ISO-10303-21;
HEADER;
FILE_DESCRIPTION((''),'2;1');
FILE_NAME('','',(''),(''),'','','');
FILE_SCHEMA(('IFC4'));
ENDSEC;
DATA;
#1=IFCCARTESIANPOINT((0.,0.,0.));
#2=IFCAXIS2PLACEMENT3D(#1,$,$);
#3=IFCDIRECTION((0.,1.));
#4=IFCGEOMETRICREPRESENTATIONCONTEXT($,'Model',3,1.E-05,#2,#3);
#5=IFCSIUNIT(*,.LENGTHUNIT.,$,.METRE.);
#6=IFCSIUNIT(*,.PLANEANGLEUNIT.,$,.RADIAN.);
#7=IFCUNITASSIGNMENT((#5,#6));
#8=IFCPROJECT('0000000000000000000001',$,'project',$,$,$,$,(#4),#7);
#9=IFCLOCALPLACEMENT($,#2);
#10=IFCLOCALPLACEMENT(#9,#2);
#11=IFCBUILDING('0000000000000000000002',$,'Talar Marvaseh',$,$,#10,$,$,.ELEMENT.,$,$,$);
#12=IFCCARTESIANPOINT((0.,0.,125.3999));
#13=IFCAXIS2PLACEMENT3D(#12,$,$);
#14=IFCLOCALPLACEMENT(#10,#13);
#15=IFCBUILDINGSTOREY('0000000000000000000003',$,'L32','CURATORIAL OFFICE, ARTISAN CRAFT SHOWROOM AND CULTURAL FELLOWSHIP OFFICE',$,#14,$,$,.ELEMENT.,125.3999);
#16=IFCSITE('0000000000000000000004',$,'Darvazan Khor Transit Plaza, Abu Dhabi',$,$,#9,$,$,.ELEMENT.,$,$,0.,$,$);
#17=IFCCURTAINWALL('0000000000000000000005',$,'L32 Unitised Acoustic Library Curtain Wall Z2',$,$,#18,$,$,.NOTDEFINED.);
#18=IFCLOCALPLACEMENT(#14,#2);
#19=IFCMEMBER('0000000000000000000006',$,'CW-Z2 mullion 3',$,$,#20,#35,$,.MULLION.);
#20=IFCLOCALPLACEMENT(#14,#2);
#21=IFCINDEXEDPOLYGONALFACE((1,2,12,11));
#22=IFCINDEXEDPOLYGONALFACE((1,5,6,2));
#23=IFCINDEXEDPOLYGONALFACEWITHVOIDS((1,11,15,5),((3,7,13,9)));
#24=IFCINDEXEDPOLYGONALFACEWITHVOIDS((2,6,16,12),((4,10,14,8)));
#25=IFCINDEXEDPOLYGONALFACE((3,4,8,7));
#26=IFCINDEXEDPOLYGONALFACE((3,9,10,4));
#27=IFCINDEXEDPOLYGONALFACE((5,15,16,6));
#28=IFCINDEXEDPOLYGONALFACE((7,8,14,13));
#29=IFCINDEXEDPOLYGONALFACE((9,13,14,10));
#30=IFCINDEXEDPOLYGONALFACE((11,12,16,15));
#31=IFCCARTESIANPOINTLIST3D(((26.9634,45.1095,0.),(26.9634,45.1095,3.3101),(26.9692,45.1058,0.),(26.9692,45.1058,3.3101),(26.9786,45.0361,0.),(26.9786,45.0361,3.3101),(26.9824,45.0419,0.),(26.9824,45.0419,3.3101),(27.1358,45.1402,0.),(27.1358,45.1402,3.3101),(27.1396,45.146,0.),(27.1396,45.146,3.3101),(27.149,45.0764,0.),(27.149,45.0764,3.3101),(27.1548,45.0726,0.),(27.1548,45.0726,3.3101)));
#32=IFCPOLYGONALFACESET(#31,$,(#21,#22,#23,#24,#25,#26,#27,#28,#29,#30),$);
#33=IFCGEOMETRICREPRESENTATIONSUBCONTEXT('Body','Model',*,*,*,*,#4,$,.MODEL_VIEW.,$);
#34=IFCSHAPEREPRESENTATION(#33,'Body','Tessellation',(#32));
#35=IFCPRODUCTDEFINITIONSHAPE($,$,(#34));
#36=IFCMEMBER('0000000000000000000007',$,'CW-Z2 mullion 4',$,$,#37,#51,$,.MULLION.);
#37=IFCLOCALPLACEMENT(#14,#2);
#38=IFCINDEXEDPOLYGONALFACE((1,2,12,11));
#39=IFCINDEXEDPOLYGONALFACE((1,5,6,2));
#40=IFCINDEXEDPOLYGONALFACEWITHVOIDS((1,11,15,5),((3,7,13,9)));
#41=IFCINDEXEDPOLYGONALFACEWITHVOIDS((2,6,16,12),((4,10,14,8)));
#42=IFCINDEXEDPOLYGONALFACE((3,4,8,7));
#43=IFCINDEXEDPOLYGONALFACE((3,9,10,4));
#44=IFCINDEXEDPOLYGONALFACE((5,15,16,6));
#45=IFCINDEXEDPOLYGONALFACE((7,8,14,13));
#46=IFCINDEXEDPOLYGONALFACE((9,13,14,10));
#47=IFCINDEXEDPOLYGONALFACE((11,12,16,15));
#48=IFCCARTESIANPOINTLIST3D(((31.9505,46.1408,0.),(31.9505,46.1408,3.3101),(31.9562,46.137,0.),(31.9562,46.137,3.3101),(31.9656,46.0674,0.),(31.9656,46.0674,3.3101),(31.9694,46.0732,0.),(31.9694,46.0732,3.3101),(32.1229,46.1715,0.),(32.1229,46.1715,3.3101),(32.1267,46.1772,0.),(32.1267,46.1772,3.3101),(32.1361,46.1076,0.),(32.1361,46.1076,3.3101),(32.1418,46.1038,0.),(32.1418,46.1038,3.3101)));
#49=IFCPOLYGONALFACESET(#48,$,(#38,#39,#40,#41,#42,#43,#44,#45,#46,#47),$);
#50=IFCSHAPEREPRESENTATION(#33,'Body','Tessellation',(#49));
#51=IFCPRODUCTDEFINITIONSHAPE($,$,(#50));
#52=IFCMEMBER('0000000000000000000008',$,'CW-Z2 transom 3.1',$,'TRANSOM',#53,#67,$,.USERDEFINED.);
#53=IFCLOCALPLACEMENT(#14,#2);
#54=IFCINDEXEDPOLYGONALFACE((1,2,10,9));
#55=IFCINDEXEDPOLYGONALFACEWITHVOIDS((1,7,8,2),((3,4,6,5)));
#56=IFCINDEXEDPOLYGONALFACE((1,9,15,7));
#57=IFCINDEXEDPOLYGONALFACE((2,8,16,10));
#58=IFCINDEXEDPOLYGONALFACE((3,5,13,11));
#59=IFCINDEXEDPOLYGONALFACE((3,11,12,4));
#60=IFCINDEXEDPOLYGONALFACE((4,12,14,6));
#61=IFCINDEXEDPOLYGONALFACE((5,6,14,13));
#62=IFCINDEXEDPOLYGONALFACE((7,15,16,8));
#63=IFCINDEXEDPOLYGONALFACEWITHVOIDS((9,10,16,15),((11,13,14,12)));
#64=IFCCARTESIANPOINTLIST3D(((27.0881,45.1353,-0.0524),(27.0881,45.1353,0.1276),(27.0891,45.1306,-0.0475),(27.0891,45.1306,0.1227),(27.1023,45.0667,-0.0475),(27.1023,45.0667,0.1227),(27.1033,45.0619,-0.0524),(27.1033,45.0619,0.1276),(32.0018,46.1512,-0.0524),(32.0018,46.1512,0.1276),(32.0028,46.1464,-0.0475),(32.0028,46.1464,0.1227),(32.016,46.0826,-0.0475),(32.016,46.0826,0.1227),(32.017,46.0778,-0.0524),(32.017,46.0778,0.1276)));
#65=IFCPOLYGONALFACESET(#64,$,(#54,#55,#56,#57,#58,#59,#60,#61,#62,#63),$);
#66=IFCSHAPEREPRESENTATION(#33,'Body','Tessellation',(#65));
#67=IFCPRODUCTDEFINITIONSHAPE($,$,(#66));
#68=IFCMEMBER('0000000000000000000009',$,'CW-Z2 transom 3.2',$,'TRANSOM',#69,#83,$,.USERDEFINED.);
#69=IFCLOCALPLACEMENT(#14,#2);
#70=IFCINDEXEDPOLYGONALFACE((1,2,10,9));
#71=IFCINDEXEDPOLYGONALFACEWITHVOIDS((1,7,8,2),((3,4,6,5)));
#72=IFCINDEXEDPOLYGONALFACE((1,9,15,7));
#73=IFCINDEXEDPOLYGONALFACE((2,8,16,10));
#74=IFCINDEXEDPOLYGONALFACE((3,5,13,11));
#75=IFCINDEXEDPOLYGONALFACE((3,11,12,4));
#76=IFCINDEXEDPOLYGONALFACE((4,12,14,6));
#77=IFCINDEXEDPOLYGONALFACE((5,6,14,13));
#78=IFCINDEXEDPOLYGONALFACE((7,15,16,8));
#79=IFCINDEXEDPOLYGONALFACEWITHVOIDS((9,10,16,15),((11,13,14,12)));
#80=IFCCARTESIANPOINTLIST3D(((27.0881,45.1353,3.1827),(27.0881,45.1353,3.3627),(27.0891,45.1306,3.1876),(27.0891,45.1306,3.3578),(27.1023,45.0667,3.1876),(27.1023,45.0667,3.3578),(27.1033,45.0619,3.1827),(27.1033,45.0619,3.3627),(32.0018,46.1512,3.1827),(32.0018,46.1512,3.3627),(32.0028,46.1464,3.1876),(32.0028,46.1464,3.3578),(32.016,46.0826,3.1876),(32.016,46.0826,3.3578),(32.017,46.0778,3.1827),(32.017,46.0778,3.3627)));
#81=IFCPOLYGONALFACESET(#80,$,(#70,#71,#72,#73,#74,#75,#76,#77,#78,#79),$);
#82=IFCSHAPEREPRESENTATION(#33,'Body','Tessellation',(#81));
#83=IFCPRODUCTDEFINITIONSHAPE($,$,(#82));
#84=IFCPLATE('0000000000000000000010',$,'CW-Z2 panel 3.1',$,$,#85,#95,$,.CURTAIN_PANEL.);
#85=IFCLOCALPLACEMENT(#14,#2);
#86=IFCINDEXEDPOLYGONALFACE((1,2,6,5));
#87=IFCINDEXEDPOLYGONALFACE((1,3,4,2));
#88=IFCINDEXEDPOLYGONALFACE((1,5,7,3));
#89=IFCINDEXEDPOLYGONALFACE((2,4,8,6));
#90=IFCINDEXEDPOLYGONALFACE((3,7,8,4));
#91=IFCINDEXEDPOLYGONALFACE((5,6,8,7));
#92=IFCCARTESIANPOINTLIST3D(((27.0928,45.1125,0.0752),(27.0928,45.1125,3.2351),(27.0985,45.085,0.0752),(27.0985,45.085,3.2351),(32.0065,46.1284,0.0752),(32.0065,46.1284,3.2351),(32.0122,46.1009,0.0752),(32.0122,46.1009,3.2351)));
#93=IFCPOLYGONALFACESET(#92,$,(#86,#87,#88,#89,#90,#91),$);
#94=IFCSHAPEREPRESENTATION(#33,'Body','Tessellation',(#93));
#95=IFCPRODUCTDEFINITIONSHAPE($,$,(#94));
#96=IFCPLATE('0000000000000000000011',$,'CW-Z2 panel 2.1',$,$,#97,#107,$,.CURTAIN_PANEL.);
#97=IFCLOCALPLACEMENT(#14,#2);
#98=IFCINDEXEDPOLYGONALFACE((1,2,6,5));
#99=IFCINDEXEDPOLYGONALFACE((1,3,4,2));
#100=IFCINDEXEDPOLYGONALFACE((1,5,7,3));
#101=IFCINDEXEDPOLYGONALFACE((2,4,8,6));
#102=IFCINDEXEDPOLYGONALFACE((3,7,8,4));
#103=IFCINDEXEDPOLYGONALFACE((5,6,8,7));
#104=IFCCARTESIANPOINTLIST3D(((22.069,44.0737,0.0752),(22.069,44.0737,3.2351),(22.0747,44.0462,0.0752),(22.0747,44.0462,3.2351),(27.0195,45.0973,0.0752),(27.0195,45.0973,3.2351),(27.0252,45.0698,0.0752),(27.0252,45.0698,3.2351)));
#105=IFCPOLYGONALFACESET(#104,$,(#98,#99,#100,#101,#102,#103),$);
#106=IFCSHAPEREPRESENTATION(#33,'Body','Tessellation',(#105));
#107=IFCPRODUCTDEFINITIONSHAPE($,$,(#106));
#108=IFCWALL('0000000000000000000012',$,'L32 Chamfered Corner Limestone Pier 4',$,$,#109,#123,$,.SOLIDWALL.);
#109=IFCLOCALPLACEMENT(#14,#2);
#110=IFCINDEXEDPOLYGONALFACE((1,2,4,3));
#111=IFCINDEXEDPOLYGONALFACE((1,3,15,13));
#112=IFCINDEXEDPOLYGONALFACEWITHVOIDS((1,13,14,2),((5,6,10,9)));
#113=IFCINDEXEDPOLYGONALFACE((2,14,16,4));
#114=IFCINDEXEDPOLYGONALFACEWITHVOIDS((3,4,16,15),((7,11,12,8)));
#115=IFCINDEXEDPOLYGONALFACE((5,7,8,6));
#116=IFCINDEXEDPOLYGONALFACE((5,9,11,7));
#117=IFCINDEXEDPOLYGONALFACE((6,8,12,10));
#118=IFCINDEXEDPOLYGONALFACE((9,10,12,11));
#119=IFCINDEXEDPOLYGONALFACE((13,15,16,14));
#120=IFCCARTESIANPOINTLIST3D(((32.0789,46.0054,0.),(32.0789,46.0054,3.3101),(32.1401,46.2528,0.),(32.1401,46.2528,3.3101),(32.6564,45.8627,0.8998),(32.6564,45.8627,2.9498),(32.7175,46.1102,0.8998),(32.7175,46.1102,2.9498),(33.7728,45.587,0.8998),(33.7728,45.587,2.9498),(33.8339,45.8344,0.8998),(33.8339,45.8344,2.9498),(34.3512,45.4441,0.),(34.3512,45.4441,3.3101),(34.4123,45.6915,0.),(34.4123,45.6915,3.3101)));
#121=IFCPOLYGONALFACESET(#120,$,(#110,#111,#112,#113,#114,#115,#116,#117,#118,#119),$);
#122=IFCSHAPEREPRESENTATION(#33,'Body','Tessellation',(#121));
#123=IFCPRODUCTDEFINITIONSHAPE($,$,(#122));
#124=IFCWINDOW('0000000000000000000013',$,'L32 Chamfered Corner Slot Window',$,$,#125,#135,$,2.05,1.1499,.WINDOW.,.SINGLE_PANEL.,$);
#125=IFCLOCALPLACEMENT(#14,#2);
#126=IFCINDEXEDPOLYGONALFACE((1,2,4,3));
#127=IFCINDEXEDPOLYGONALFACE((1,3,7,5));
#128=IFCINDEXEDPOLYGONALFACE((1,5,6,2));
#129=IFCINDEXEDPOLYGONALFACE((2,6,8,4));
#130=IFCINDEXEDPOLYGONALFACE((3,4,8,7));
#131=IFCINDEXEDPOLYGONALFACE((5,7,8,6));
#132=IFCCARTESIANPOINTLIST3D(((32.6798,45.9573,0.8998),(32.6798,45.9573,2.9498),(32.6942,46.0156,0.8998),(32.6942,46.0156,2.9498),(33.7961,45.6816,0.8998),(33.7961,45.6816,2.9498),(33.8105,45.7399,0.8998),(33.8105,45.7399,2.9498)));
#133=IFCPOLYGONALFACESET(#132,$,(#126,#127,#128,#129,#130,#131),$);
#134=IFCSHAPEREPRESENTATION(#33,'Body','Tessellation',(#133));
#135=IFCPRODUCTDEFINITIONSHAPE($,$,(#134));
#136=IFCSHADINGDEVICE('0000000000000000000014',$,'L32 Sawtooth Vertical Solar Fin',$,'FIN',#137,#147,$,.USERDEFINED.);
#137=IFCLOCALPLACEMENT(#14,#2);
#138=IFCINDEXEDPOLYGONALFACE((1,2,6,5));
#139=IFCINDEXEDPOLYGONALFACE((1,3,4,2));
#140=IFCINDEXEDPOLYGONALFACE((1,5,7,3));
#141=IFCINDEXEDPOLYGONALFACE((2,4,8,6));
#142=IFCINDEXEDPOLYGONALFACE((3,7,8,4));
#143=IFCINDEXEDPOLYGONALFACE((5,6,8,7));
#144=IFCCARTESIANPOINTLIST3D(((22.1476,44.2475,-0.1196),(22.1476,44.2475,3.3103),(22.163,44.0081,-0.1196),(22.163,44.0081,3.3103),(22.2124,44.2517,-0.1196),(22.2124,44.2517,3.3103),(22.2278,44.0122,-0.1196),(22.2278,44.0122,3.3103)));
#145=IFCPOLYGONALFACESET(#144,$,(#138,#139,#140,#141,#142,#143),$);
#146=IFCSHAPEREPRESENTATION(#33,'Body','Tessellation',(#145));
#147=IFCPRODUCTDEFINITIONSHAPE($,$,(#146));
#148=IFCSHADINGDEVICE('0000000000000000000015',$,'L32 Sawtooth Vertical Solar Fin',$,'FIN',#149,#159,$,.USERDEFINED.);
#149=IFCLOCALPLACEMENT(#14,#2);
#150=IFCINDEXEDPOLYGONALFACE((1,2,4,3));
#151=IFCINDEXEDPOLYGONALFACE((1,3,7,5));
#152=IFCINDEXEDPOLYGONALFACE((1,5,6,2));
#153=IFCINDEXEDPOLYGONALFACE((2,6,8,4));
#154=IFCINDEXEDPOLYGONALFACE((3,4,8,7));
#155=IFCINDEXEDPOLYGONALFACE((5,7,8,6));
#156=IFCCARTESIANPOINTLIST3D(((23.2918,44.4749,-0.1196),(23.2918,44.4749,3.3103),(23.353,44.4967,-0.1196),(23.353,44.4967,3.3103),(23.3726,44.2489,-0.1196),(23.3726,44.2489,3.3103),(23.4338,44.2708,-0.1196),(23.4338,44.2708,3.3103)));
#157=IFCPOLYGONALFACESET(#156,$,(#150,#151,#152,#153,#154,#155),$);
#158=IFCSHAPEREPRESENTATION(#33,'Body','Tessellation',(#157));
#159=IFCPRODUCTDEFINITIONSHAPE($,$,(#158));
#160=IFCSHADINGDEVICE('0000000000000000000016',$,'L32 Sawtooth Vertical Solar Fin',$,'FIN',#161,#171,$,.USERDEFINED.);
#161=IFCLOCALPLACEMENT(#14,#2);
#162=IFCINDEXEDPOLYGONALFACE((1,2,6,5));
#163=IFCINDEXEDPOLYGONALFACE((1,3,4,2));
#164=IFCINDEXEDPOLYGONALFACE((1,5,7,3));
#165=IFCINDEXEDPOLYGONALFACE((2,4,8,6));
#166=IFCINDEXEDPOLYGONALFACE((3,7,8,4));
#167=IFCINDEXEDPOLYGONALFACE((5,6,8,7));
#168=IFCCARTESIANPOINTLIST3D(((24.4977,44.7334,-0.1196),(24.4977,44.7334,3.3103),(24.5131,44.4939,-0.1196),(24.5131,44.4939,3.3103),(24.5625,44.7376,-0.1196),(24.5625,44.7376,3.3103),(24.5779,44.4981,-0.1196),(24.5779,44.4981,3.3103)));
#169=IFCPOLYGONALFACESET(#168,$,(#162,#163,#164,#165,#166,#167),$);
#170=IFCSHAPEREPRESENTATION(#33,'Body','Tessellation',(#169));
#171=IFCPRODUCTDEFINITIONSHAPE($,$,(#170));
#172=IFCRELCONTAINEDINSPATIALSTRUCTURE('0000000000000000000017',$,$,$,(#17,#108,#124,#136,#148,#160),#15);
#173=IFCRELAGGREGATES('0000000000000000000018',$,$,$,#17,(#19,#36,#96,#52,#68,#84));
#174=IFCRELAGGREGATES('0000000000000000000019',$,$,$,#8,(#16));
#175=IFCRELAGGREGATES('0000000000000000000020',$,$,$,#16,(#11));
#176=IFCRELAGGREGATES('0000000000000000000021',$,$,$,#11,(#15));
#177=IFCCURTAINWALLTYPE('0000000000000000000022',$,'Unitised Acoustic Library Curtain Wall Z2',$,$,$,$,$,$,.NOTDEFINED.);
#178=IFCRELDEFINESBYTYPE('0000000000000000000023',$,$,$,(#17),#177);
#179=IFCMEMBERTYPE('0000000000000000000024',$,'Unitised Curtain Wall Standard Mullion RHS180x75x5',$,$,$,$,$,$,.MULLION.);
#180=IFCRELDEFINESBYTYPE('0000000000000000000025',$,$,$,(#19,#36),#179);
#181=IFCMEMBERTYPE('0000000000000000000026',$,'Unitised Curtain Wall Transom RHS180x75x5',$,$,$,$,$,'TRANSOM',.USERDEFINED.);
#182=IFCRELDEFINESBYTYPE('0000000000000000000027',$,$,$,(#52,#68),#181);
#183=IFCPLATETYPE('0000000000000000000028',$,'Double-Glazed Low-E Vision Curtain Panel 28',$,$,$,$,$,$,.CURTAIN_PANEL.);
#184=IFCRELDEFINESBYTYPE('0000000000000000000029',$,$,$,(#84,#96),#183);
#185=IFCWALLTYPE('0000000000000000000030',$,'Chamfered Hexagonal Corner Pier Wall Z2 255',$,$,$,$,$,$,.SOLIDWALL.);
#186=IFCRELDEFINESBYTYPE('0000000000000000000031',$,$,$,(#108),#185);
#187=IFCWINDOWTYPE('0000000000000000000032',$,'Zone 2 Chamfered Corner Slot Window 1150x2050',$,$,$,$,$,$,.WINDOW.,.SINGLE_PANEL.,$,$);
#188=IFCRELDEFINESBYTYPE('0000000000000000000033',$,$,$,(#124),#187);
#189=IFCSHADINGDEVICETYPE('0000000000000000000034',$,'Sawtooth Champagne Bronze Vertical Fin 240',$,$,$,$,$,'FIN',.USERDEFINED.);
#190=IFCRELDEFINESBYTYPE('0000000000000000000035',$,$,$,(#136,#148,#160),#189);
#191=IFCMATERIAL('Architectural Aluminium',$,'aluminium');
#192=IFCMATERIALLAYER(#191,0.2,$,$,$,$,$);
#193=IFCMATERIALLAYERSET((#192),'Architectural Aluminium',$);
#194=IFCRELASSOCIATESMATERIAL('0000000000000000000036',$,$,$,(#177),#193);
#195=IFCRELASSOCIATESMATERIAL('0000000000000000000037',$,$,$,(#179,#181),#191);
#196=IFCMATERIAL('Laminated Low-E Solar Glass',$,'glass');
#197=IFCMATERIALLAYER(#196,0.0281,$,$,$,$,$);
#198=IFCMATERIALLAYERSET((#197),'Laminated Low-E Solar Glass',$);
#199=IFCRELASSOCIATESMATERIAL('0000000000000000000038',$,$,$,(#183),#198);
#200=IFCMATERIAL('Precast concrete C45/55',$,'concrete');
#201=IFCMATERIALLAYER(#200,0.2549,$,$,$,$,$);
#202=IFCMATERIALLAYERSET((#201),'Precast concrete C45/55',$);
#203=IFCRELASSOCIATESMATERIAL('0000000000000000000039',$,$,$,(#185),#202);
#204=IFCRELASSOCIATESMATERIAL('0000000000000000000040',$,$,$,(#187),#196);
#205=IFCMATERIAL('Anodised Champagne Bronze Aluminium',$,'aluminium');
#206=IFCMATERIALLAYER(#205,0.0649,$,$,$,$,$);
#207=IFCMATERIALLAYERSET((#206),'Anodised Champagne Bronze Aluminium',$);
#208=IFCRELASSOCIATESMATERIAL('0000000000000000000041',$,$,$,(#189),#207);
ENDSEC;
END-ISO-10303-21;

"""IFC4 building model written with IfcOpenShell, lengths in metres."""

from ifc_helpers import new_model, si_unit, direction, frame, frame_2d, origin, origin_2d, place, context, subcontext, project, spatial, rectangle, hollow_rectangle, extrude, source, transform, mapped, material, layer, layer_set, material_profile, profile_set, type_object, type_shapes, element, fill, aggregate, save


model = new_model("IFC4")

# Units and contexts
model_context = context("Model", 3, precision=1e-05, world=origin(), true_north=direction((0.0, 1.0)))
body_context = subcontext(model_context, "Body", "Model", "MODEL_VIEW")
ifc_project = project(units=[si_unit("LENGTHUNIT", "METRE"), si_unit("PLANEANGLEUNIT", "RADIAN")], contexts=[model_context])

# Site, building, storey
site_placement = place(None, origin())
site = spatial("IfcSite", under=ifc_project, at=site_placement, Name="Darvazan Khor Transit Plaza, Abu Dhabi", CompositionType="ELEMENT", RefElevation=0.0)
building_placement = place(site_placement, origin())
building = spatial("IfcBuilding", under=site, at=building_placement, Name="Talar Marvaseh", CompositionType="ELEMENT")
storey_placement = place(building_placement, frame((0.0, 0.0, 125.3999)))
storey = spatial("IfcBuildingStorey", under=building, at=storey_placement, Name="L32", Description="CURATORIAL OFFICE, ARTISAN CRAFT SHOWROOM AND CULTURAL FELLOWSHIP OFFICE", CompositionType="ELEMENT", Elevation=125.3999)

# Curtain wall, members, plates
ifc_material_1 = material(Name="Architectural Aluminium", Category="aluminium")
ifc_layer_1 = layer(ifc_material_1, 0.2)
ifc_layer_set_1 = layer_set([ifc_layer_1], Name="Architectural Aluminium")
curtain_wall_type = type_object("IfcCurtainWallType", Name="Unitised Acoustic Library Curtain Wall Z2", PredefinedType="NOTDEFINED", material=ifc_layer_set_1)
curtain_wall_placement = place(storey_placement, origin())
curtain_wall = element("IfcCurtainWall", 1, at=curtain_wall_placement, inside=storey, type_object=curtain_wall_type, Name="L32 Unitised Acoustic Library Curtain Wall Z2", PredefinedType="NOTDEFINED")
ifc_material_profile_1 = material_profile(ifc_material_1, hollow_rectangle(XDim=0.075, YDim=0.1799, WallThickness=0.0049, at=origin_2d()), Name="RHS180x75x5")
ifc_profile_set_1 = profile_set([ifc_material_profile_1], Name="Architectural Aluminium")
member_type_1 = type_object("IfcMemberType", Name="Unitised Curtain Wall Standard Mullion RHS180x75x5", PredefinedType="MULLION", material=ifc_profile_set_1)
shared_shape_1 = source(origin(), body_context, "Body", "SweptSolid", [
    extrude(hollow_rectangle(XDim=0.075, YDim=0.1799, WallThickness=0.0049, at=origin_2d()), origin(), (0.0, 0.0, 1.0), 3.3101),
])
type_shapes(member_type_1, [shared_shape_1])
member_1_placement = place(storey_placement, frame((27.0591, 45.0911, 0.0), z_axis=(0.0, 0.0, 1.0), x_axis=(-0.20248, 0.979286, 0.0)))
member_1 = element("IfcMember", 2, at=member_1_placement, type_object=member_type_1, Name="CW-Z2 mullion 3", PredefinedType="MULLION", context=body_context, shape_type="MappedRepresentation", body=[
    mapped(shared_shape_1, transform((0.0, 0.0, 0.0), x_axis=(1.0, 0.0, 0.0), y_axis=(0.0, 1.0, 0.0), z_axis=(0.0, 0.0, 1.0), scale=1.0)),
])
member_2_placement = place(storey_placement, frame((32.0461, 46.1223, 0.0), z_axis=(0.0, 0.0, 1.0), x_axis=(-0.20248, 0.979286, 0.0)))
member_2 = element("IfcMember", 3, at=member_2_placement, type_object=member_type_1, Name="CW-Z2 mullion 4", PredefinedType="MULLION", context=body_context, shape_type="MappedRepresentation", body=[
    mapped(shared_shape_1, transform((0.0, 0.0, 0.0), x_axis=(1.0, 0.0, 0.0), y_axis=(0.0, 1.0, 0.0), z_axis=(0.0, 0.0, 1.0), scale=1.0)),
])
ifc_material_profile_2 = material_profile(ifc_material_1, hollow_rectangle(XDim=0.075, YDim=0.1799, WallThickness=0.0049, at=origin_2d()), Name="RHS180x75x5")
ifc_profile_set_2 = profile_set([ifc_material_profile_2], Name="Architectural Aluminium")
member_type_2 = type_object("IfcMemberType", Name="Unitised Curtain Wall Transom RHS180x75x5", ElementType="TRANSOM", PredefinedType="USERDEFINED", material=ifc_profile_set_2)
shared_shape_2 = source(origin(), body_context, "Body", "SweptSolid", [
    extrude(hollow_rectangle(XDim=0.075, YDim=0.1799, WallThickness=0.0049, at=origin_2d()), origin(), (0.0, 0.0, 1.0), 5.0176),
])
type_shapes(member_type_2, [shared_shape_2])
member_3_placement = place(storey_placement, frame((27.0957, 45.0986, 0.0376), z_axis=(0.979289, 0.202466, 0.0), x_axis=(-0.202466, 0.979289, 0.0)))
member_3 = element("IfcMember", 4, at=member_3_placement, type_object=member_type_2, Name="CW-Z2 transom 3.1", ObjectType="TRANSOM", PredefinedType="USERDEFINED", context=body_context, shape_type="MappedRepresentation", body=[
    mapped(shared_shape_2, transform((0.0, 0.0, 0.0), x_axis=(1.0, 0.0, 0.0), y_axis=(0.0, 1.0, 0.0), z_axis=(0.0, 0.0, 1.0), scale=1.0)),
])
member_4_placement = place(storey_placement, frame((27.0957, 45.0986, 3.2727), z_axis=(0.979289, 0.202466, 0.0), x_axis=(-0.202466, 0.979289, 0.0)))
member_4 = element("IfcMember", 5, at=member_4_placement, type_object=member_type_2, Name="CW-Z2 transom 3.2", ObjectType="TRANSOM", PredefinedType="USERDEFINED", context=body_context, shape_type="MappedRepresentation", body=[
    mapped(shared_shape_2, transform((0.0, 0.0, 0.0), x_axis=(1.0, 0.0, 0.0), y_axis=(0.0, 1.0, 0.0), z_axis=(0.0, 0.0, 1.0), scale=1.0)),
])
ifc_material_2 = material(Name="Laminated Low-E Solar Glass", Category="glass")
ifc_layer_2 = layer(ifc_material_2, 0.0281)
ifc_layer_set_2 = layer_set([ifc_layer_2], Name="Laminated Low-E Solar Glass")
plate_type = type_object("IfcPlateType", Name="Double-Glazed Low-E Vision Curtain Panel 28", PredefinedType="CURTAIN_PANEL", material=ifc_layer_set_2)
shared_shape_3 = source(origin(), body_context, "Body", "SweptSolid", [
    extrude(rectangle(XDim=5.0176, YDim=0.0281, at=origin_2d()), origin(), (0.0, 0.0, 1.0), 3.1599),
])
plate_1_placement = place(storey_placement, frame((29.5525, 45.6067, 0.0752), z_axis=(0.0, 0.0, 1.0), x_axis=(0.979286, 0.20248, 0.0)))
plate_1 = element("IfcPlate", 6, at=plate_1_placement, type_object=plate_type, Name="CW-Z2 panel 3.1", PredefinedType="CURTAIN_PANEL", context=body_context, shape_type="MappedRepresentation", body=[
    mapped(shared_shape_3, transform((0.0, 0.0, 0.0), x_axis=(1.0, 0.0, 0.0), y_axis=(0.0, 1.0, 0.0), z_axis=(0.0, 0.0, 1.0), scale=1.0)),
])
shared_shape_4 = source(origin(), body_context, "Body", "SweptSolid", [
    extrude(rectangle(XDim=5.0552, YDim=0.0281, at=origin_2d()), origin(), (0.0, 0.0, 1.0), 3.1599),
])
type_shapes(plate_type, [shared_shape_3, shared_shape_4])
plate_2_placement = place(storey_placement, frame((24.5471, 44.5718, 0.0752), z_axis=(0.0, 0.0, 1.0), x_axis=(0.979286, 0.20248, 0.0)))
plate_2 = element("IfcPlate", 7, at=plate_2_placement, type_object=plate_type, Name="CW-Z2 panel 2.1", PredefinedType="CURTAIN_PANEL", context=body_context, shape_type="MappedRepresentation", body=[
    mapped(shared_shape_4, transform((0.0, 0.0, 0.0), x_axis=(1.0, 0.0, 0.0), y_axis=(0.0, 1.0, 0.0), z_axis=(0.0, 0.0, 1.0), scale=1.0)),
])
aggregate(curtain_wall, [member_1, member_2, plate_2, member_3, member_4, plate_1])

# Wall, opening, window
ifc_material_3 = material(Name="Precast concrete C45/55", Category="concrete")
ifc_layer_3 = layer(ifc_material_3, 0.2549)
ifc_layer_set_3 = layer_set([ifc_layer_3], Name="Precast concrete C45/55")
wall_type = type_object("IfcWallType", Name="Chamfered Hexagonal Corner Pier Wall Z2 255", PredefinedType="SOLIDWALL", material=ifc_layer_set_3)
wall_placement = place(storey_placement, frame((32.1094, 46.1292, 0.0), z_axis=(0.0, 0.0, 1.0), x_axis=(0.97082, -0.23981, 0.0)))
wall = element("IfcWall", 8, at=wall_placement, inside=storey, type_object=wall_type, Name="L32 Chamfered Corner Limestone Pier 4", PredefinedType="SOLIDWALL", context=body_context, shape_type="SweptSolid", body=[
    extrude(rectangle(XDim=2.3406, YDim=0.2549, at=frame_2d((1.1704, 0.0))), origin(), (0.0, 0.0, 1.0), 3.3101),
])
opening_placement = place(wall_placement, frame((0.595, 0.0, 0.8999)))
opening = element("IfcOpeningElement", 9, at=opening_placement, cuts=wall, PredefinedType="OPENING", context=body_context, shape_type="SweptSolid", body=[
    extrude(rectangle(XDim=1.1499, YDim=2.05, at=frame_2d((0.575, 1.0249))), frame((0.0, 0.1375, 0.0), z_axis=(0.0, -1.0, 0.0), x_axis=(1.0, 0.0, 0.0)), (0.0, 0.0, 1.0), 0.2749),
])
window_type = type_object("IfcWindowType", Name="Zone 2 Chamfered Corner Slot Window 1150x2050", PartitioningType="SINGLE_PANEL", PredefinedType="WINDOW", material=ifc_material_2)
shared_shape_5 = source(origin(), body_context, "Body", "SweptSolid", [
    extrude(rectangle(XDim=1.1499, YDim=2.05, at=frame_2d((0.575, 1.0249))), frame((0.0, 0.03, 0.0), z_axis=(0.0, -1.0, 0.0), x_axis=(1.0, 0.0, 0.0)), (0.0, 0.0, 1.0), 0.0601),
])
type_shapes(window_type, [shared_shape_5])
window_placement = place(opening_placement, origin())
window = element("IfcWindow", 10, at=window_placement, inside=storey, type_object=window_type, Name="L32 Chamfered Corner Slot Window", OverallHeight=2.05, OverallWidth=1.1499, PartitioningType="SINGLE_PANEL", PredefinedType="WINDOW", context=body_context, shape_type="MappedRepresentation", body=[
    mapped(shared_shape_5, transform((0.0, 0.0, 0.0), x_axis=(1.0, 0.0, 0.0), y_axis=(0.0, 1.0, 0.0), z_axis=(0.0, 0.0, 1.0), scale=1.0)),
])
fill(opening, window)

# Shading devices
ifc_material_4 = material(Name="Anodised Champagne Bronze Aluminium", Category="aluminium")
ifc_layer_4 = layer(ifc_material_4, 0.0649)
ifc_layer_set_4 = layer_set([ifc_layer_4], Name="Anodised Champagne Bronze Aluminium")
shading_device_type = type_object("IfcShadingDeviceType", Name="Sawtooth Champagne Bronze Vertical Fin 240", ElementType="FIN", PredefinedType="USERDEFINED", material=ifc_layer_set_4)
shared_shape_6 = source(origin(), body_context, "Body", "SweptSolid", [
    extrude(rectangle(XDim=0.24, YDim=0.0649, at=origin_2d()), origin(), (0.0, 0.0, 1.0), 3.4299),
])
type_shapes(shading_device_type, [shared_shape_6])
for number, where, z_axis, x_axis, name in (
    (11, (22.1877, 44.1299, -0.1196), (0.0, 0.0, 1.0), (-0.064184, 0.997938, 0.0), "L32 Sawtooth Vertical Solar Fin"),
    (12, (23.3628, 44.3728, -0.1196), (0.0, 0.0, 1.0), (-0.336767, 0.941588, 0.0), "L32 Sawtooth Vertical Solar Fin"),
    (13, (24.5378, 44.6157, -0.1196), (0.0, 0.0, 1.0), (-0.064184, 0.997938, 0.0), "L32 Sawtooth Vertical Solar Fin"),
):
    element("IfcShadingDevice", number, at=place(storey_placement, frame(where, z_axis=z_axis, x_axis=x_axis)), inside=storey, type_object=shading_device_type, Name=name, ObjectType="FIN", PredefinedType="USERDEFINED", context=body_context, shape_type="MappedRepresentation", body=[
        mapped(shared_shape_6, transform((0.0, 0.0, 0.0), x_axis=(1.0, 0.0, 0.0), y_axis=(0.0, 1.0, 0.0), z_axis=(0.0, 0.0, 1.0), scale=1.0)),
    ])

save(model, "model.ifc")
